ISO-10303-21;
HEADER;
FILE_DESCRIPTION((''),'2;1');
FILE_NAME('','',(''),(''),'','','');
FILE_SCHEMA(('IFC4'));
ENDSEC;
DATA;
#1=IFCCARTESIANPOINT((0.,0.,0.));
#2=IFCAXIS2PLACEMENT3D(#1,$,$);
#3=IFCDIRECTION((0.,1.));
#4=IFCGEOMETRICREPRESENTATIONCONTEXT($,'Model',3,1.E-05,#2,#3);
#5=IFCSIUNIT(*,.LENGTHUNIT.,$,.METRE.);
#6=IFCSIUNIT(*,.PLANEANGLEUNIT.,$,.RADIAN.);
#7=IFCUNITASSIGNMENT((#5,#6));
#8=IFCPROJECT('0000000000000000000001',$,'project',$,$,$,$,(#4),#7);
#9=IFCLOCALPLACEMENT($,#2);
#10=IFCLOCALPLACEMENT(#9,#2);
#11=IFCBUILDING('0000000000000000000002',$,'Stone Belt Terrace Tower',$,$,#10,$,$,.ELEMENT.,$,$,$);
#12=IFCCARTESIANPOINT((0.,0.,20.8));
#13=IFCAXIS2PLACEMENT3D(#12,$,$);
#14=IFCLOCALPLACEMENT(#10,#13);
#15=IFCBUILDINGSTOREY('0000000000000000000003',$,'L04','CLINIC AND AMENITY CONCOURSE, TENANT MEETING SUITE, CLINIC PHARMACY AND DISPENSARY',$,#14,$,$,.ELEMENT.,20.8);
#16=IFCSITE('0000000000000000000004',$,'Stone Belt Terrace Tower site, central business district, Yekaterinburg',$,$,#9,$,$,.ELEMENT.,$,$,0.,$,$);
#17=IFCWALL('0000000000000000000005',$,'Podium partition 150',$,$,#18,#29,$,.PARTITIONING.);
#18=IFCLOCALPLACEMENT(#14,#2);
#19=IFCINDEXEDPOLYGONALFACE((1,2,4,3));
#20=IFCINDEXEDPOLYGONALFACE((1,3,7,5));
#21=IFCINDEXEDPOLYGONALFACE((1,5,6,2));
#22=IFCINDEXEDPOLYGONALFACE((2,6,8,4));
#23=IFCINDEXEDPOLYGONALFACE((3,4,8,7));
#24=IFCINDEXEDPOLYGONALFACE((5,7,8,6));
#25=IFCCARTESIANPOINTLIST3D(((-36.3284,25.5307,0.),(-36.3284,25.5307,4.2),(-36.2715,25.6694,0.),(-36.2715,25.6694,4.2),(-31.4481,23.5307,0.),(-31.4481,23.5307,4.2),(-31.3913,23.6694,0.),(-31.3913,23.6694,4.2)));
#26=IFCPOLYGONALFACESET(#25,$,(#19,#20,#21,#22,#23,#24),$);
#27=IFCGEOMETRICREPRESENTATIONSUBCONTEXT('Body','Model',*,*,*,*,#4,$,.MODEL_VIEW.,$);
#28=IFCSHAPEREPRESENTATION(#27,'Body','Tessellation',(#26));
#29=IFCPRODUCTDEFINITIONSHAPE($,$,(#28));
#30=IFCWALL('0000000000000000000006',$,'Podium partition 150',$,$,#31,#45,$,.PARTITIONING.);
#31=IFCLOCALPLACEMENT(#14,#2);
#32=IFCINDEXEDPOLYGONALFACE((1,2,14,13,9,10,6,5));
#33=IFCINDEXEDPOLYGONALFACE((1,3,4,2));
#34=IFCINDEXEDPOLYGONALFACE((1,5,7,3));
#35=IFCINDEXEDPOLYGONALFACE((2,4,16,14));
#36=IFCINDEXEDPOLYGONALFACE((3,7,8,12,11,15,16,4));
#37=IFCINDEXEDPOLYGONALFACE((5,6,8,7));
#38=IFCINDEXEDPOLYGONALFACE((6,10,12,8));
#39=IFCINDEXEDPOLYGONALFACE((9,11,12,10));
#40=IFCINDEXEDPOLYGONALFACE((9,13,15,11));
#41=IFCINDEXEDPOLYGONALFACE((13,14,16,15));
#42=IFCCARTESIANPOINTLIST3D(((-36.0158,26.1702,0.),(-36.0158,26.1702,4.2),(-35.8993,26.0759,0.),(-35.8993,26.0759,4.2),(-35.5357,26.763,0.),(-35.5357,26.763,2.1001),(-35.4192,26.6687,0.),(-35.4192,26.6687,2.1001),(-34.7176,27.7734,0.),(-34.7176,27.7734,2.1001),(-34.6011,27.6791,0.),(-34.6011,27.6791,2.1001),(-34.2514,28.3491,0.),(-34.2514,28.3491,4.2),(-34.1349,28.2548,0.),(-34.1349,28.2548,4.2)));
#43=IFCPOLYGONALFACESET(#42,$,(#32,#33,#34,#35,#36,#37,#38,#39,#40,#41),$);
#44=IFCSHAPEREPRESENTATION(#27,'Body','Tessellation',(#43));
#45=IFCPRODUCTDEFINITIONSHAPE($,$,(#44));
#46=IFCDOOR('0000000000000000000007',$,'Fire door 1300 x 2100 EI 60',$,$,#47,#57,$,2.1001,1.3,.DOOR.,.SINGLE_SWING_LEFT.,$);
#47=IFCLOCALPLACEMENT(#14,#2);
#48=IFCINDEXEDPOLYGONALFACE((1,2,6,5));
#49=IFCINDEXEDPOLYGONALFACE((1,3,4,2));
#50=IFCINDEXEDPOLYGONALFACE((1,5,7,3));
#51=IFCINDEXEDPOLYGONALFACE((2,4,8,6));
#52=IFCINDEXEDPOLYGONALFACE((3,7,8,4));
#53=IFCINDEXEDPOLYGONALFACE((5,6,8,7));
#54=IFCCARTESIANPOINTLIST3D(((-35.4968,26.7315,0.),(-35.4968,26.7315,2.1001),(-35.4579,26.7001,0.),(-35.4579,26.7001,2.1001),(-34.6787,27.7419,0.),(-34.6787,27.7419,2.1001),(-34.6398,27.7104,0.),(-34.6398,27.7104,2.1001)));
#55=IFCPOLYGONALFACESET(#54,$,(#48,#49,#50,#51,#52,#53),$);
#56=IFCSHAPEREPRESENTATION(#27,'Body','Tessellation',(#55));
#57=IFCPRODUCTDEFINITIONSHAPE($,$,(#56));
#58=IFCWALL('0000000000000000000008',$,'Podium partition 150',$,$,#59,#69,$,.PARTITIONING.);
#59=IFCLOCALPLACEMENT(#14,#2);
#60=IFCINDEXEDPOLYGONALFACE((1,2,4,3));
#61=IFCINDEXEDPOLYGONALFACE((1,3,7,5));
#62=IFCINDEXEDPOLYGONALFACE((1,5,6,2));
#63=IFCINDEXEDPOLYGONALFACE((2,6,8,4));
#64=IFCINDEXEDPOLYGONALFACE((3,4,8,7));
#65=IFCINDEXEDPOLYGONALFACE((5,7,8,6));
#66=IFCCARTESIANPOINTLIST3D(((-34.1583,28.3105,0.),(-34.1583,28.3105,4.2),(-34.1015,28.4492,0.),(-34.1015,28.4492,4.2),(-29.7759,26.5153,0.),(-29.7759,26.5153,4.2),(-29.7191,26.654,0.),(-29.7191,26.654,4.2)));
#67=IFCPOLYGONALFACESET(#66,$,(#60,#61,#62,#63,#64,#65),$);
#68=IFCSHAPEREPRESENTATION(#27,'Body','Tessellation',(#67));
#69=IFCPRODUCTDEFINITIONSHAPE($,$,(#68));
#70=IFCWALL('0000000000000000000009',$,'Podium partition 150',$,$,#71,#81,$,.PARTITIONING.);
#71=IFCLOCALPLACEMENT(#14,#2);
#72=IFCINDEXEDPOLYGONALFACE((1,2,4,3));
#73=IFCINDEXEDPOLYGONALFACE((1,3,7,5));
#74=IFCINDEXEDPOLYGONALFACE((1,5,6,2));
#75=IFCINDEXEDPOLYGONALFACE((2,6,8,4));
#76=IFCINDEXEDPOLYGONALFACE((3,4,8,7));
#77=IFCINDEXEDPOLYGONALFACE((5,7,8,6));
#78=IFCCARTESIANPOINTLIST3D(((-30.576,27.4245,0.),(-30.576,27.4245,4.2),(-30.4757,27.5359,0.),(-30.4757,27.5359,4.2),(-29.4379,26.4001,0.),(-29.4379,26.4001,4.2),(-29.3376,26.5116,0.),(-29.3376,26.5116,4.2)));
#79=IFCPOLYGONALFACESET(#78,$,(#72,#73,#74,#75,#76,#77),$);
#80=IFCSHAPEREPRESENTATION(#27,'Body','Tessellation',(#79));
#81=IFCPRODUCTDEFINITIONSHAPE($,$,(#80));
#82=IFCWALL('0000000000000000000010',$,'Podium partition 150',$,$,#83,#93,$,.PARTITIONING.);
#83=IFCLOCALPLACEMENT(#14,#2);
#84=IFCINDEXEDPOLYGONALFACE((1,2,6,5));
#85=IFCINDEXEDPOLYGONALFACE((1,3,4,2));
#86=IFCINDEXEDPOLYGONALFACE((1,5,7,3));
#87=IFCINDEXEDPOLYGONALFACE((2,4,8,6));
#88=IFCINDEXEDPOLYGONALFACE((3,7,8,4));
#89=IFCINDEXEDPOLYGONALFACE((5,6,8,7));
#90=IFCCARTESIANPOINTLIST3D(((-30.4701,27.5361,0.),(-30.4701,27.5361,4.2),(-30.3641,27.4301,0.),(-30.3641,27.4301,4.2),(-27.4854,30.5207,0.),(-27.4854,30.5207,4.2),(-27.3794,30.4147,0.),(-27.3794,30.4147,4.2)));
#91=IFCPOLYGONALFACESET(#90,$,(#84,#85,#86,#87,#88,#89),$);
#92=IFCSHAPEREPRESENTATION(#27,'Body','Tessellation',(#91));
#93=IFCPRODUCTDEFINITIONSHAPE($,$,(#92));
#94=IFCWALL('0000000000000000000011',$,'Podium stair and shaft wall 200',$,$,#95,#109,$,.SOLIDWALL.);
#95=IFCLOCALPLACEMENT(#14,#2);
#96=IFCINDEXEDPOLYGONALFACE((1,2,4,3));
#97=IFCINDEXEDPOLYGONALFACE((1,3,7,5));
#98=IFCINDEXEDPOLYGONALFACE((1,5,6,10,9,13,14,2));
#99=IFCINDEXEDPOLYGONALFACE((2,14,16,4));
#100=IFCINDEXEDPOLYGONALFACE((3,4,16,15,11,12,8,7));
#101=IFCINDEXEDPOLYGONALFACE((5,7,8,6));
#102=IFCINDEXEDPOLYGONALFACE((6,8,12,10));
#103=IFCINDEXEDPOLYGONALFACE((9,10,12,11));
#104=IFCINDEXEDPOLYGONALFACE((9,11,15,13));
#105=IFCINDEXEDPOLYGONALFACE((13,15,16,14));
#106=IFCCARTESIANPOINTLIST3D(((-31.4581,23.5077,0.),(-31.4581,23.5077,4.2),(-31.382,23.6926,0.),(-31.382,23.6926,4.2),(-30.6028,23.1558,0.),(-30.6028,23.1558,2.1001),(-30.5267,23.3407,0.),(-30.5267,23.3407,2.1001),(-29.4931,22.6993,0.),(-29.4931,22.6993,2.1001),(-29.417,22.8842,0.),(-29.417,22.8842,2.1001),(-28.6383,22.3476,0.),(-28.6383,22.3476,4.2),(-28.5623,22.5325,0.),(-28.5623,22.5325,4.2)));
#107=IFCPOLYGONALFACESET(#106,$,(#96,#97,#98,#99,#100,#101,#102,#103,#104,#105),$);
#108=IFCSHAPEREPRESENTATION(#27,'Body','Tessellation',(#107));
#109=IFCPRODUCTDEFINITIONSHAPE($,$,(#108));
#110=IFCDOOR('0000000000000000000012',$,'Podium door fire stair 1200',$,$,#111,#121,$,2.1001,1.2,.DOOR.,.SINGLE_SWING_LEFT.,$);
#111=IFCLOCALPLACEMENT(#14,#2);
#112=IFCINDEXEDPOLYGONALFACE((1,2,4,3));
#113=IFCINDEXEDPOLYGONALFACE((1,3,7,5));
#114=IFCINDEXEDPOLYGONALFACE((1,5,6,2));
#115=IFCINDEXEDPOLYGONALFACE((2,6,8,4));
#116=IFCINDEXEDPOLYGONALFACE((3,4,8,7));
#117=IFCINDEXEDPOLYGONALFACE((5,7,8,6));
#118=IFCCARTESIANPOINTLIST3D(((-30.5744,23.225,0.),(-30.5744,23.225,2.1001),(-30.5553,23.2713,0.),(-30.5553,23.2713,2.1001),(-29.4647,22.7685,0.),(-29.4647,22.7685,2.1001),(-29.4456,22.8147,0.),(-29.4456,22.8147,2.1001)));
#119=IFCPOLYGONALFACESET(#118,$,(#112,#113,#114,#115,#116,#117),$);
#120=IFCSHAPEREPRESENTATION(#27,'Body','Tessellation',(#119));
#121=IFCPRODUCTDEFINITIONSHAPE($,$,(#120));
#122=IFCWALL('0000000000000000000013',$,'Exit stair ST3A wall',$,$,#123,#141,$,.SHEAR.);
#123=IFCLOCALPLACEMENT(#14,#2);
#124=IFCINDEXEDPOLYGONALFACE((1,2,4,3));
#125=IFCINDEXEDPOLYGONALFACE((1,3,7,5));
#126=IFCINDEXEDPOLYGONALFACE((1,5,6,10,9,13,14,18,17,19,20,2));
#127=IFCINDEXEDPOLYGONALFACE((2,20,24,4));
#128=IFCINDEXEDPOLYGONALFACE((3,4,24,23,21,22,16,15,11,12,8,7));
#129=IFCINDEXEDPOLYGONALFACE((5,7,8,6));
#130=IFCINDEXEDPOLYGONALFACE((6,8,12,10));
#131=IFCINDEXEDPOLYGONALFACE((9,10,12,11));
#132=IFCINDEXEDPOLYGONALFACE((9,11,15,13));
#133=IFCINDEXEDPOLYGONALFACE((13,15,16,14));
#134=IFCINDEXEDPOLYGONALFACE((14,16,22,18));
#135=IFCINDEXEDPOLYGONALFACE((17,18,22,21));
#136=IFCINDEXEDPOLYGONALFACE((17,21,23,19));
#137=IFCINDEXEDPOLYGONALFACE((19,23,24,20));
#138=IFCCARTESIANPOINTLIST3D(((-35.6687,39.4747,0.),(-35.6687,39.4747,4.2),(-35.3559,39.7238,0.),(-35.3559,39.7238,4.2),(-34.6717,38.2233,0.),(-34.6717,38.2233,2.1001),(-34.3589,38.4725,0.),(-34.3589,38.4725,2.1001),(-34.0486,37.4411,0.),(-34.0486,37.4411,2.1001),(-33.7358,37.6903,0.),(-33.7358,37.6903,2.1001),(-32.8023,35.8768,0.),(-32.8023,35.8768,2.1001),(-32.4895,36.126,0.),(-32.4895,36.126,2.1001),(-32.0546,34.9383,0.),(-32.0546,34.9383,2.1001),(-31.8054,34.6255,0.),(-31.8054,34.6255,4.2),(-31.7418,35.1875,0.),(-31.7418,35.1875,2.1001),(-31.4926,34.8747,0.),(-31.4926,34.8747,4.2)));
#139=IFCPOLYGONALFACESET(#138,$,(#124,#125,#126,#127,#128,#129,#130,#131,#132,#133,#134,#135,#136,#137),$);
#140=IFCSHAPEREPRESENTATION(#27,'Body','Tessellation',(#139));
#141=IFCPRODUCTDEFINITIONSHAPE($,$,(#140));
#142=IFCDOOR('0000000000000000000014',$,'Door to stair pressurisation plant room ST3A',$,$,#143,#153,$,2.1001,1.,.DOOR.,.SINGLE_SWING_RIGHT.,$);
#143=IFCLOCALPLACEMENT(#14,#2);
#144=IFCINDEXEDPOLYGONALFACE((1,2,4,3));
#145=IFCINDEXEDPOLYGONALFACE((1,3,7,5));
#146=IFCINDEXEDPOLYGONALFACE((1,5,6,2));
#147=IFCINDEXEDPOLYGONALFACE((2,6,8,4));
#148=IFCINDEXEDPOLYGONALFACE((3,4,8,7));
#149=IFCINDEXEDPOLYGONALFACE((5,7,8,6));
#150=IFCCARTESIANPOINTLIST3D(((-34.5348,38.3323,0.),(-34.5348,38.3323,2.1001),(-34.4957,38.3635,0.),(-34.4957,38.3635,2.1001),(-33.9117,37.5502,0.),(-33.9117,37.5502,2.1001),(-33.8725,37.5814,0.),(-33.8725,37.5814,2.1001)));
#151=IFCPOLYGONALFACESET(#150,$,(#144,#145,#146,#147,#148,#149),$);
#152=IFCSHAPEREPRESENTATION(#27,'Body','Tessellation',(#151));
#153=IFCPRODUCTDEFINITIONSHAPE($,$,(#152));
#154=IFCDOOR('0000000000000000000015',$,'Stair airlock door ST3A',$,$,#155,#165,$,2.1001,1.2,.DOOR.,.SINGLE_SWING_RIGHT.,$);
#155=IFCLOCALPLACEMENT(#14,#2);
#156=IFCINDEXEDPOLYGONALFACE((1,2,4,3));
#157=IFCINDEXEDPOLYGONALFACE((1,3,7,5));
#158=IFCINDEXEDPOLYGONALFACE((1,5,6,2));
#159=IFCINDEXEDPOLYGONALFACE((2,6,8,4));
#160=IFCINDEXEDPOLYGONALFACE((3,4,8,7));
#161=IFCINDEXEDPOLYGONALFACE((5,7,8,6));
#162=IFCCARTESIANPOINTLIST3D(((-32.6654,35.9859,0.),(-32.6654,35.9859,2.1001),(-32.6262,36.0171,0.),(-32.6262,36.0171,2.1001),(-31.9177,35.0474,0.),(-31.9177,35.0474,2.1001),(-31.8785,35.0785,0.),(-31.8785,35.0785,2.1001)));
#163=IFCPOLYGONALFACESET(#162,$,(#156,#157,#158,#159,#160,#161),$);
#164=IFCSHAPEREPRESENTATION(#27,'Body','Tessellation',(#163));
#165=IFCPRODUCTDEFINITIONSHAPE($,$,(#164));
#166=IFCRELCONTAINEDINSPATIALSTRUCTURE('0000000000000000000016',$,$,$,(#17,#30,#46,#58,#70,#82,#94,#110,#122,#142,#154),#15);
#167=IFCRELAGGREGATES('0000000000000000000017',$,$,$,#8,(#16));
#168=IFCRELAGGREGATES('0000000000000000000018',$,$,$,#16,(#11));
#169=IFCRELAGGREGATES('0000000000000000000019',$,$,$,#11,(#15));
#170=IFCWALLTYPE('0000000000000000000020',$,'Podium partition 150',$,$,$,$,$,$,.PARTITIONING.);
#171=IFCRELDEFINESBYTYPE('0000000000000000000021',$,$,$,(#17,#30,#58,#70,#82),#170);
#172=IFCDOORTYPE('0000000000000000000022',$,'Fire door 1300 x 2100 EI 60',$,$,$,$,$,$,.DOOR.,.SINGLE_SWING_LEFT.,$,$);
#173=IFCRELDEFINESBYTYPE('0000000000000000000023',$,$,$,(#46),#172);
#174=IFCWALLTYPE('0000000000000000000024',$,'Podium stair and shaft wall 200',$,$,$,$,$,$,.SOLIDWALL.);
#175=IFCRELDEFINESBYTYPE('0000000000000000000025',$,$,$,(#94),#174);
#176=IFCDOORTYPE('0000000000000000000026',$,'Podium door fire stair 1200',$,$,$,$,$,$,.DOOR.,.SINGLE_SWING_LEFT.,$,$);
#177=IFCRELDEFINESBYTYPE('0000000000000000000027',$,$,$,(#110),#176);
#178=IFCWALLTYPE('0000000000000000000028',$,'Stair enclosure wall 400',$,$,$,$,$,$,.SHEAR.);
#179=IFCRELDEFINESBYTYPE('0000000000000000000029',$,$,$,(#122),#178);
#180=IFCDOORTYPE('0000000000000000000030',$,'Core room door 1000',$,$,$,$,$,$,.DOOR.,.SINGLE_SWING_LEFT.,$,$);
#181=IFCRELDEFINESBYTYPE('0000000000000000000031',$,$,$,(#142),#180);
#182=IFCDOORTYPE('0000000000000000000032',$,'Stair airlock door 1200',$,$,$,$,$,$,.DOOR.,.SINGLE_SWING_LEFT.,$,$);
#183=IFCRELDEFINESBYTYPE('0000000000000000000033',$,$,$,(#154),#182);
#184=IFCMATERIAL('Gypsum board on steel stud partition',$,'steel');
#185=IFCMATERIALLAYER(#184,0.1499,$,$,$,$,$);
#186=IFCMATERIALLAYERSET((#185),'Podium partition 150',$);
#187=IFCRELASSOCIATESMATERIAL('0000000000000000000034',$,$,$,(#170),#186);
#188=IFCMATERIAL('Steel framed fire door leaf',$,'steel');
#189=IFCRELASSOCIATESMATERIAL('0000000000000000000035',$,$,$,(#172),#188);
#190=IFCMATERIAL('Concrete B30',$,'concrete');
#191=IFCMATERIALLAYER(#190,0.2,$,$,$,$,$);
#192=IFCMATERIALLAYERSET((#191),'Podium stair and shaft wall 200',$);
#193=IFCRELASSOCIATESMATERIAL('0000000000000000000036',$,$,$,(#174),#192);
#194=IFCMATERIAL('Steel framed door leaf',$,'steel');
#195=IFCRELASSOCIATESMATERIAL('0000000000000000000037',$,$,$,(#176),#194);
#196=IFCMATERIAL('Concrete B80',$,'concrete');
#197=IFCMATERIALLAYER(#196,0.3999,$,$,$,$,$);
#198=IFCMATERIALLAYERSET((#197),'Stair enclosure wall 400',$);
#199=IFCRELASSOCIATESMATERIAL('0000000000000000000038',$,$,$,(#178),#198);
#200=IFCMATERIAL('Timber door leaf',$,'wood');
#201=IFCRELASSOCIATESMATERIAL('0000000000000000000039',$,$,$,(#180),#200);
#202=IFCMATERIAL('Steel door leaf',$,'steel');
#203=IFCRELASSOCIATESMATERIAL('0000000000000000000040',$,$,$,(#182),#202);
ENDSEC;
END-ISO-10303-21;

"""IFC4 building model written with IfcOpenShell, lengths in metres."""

from ifc_helpers import new_model, si_unit, direction, frame, frame_2d, origin, place, context, subcontext, project, spatial, rectangle, extrude, material, layer, layer_set, type_object, element, fill, save


model = new_model("IFC4")

# Units and contexts
model_context = context("Model", 3, precision=1e-05, world=origin(), true_north=direction((0.0, 1.0)))
body_context = subcontext(model_context, "Body", "Model", "MODEL_VIEW")
ifc_project = project(units=[si_unit("LENGTHUNIT", "METRE"), si_unit("PLANEANGLEUNIT", "RADIAN")], contexts=[model_context])

# Site, building, storey
site_placement = place(None, origin())
site = spatial("IfcSite", under=ifc_project, at=site_placement, Name="Stone Belt Terrace Tower site, central business district, Yekaterinburg", CompositionType="ELEMENT", RefElevation=0.0)
building_placement = place(site_placement, origin())
building = spatial("IfcBuilding", under=site, at=building_placement, Name="Stone Belt Terrace Tower", CompositionType="ELEMENT")
storey_placement = place(building_placement, frame((0.0, 0.0, 20.8)))
storey = spatial("IfcBuildingStorey", under=building, at=storey_placement, Name="L04", Description="CLINIC AND AMENITY CONCOURSE, TENANT MEETING SUITE, CLINIC PHARMACY AND DISPENSARY", CompositionType="ELEMENT", Elevation=20.8)

# Shared definitions
ifc_material_1 = material(Name="Concrete B80", Category="concrete")

# Shared definitions
ifc_material_2 = material(Name="Gypsum board on steel stud partition", Category="steel")
ifc_layer_1 = layer(ifc_material_2, 0.1499)
ifc_layer_set_1 = layer_set([ifc_layer_1], Name="Podium partition 150")
wall_type_1 = type_object("IfcWallType", Name="Podium partition 150", PredefinedType="PARTITIONING", material=ifc_layer_set_1)
ifc_material_3 = material(Name="Steel framed door leaf", Category="steel")

# Wall
wall_1_placement = place(storey_placement, frame((-36.3, 25.6001, 0.0), z_axis=(0.0, 0.0, 1.0), x_axis=(0.925309, -0.379215, 0.0)))
element("IfcWall", 1, at=wall_1_placement, inside=storey, type_object=wall_type_1, Name="Podium partition 150", PredefinedType="PARTITIONING", context=body_context, shape_type="SweptSolid", body=[
    extrude(rectangle(XDim=5.2742, YDim=0.1499, at=frame_2d((2.6372, 0.0))), origin(), (0.0, 0.0, 1.0), 4.2),
])

# Wall, opening, door
wall_2_placement = place(storey_placement, frame((-35.9575, 26.123, 0.0), z_axis=(0.0, 0.0, 1.0), x_axis=(0.629303, 0.77716, 0.0)))
wall_2 = element("IfcWall", 2, at=wall_2_placement, inside=storey, type_object=wall_type_1, Name="Podium partition 150", PredefinedType="PARTITIONING", context=body_context, shape_type="SweptSolid", body=[
    extrude(rectangle(XDim=2.8037, YDim=0.1499, at=frame_2d((1.4019, 0.0))), origin(), (0.0, 0.0, 1.0), 4.2),
])
opening_1_placement = place(wall_2_placement, frame((0.7629, 0.0, 0.0)))
opening_1 = element("IfcOpeningElement", 3, at=opening_1_placement, cuts=wall_2, PredefinedType="OPENING", context=body_context, shape_type="SweptSolid", body=[
    extrude(rectangle(XDim=1.3, YDim=2.1001, at=frame_2d((0.6499, 1.05))), frame((0.0, 0.085, 0.0), z_axis=(0.0, -1.0, 0.0), x_axis=(1.0, 0.0, 0.0)), (0.0, 0.0, 1.0), 0.1699),
])
ifc_material_4 = material(Name="Steel framed fire door leaf", Category="steel")
door_type_1 = type_object("IfcDoorType", Name="Fire door 1300 x 2100 EI 60", OperationType="SINGLE_SWING_LEFT", PredefinedType="DOOR", material=ifc_material_4)
door_1_placement = place(opening_1_placement, origin())
door_1 = element("IfcDoor", 4, at=door_1_placement, inside=storey, type_object=door_type_1, Name="Fire door 1300 x 2100 EI 60", OperationType="SINGLE_SWING_LEFT", OverallHeight=2.1001, OverallWidth=1.3, PredefinedType="DOOR", context=body_context, shape_type="SweptSolid", body=[
    extrude(rectangle(XDim=1.3, YDim=2.1001, at=frame_2d((0.6499, 1.05))), frame((0.0, 0.0249, 0.0), z_axis=(0.0, -1.0, 0.0), x_axis=(1.0, 0.0, 0.0)), (0.0, 0.0, 1.0), 0.05),
])
fill(opening_1, door_1)

# Walls
wall_3_placement = place(storey_placement, frame((-34.1299, 28.3799, 0.0), z_axis=(0.0, 0.0, 1.0), x_axis=(0.925369, -0.379066, 0.0)))
element("IfcWall", 5, at=wall_3_placement, inside=storey, type_object=wall_type_1, Name="Podium partition 150", PredefinedType="PARTITIONING", context=body_context, shape_type="SweptSolid", body=[
    extrude(rectangle(XDim=4.7358, YDim=0.1499, at=frame_2d((2.3679, 0.0))), origin(), (0.0, 0.0, 1.0), 4.2),
])
wall_4_placement = place(storey_placement, frame((-30.5259, 27.4802, 0.0), z_axis=(0.0, 0.0, 1.0), x_axis=(0.743278, -0.668982, 0.0)))
element("IfcWall", 6, at=wall_4_placement, inside=storey, type_object=wall_type_1, Name="Podium partition 150", PredefinedType="PARTITIONING", context=body_context, shape_type="SweptSolid", body=[
    extrude(rectangle(XDim=1.5312, YDim=0.1499, at=frame_2d((0.7656, 0.0))), origin(), (0.0, 0.0, 1.0), 4.2),
])
wall_5_placement = place(storey_placement, frame((-30.417, 27.4832, 0.0), z_axis=(0.0, 0.0, 1.0), x_axis=(0.707107, 0.707107, 0.0)))
element("IfcWall", 7, at=wall_5_placement, inside=storey, type_object=wall_type_1, Name="Podium partition 150", PredefinedType="PARTITIONING", context=body_context, shape_type="SweptSolid", body=[
    extrude(rectangle(XDim=4.2209, YDim=0.1499, at=frame_2d((2.1104, 0.0))), origin(), (0.0, 0.0, 1.0), 4.2),
])

# Wall, opening, door
ifc_material_5 = material(Name="Concrete B30", Category="concrete")
ifc_layer_2 = layer(ifc_material_5, 0.2)
ifc_layer_set_2 = layer_set([ifc_layer_2], Name="Podium stair and shaft wall 200")
wall_type_2 = type_object("IfcWallType", Name="Podium stair and shaft wall 200", PredefinedType="SOLIDWALL", material=ifc_layer_set_2)
wall_6_placement = place(storey_placement, frame((-31.4199, 23.6001, 0.0), z_axis=(0.0, 0.0, 1.0), x_axis=(0.924788, -0.380484, 0.0)))
wall_6 = element("IfcWall", 8, at=wall_6_placement, inside=storey, type_object=wall_type_2, Name="Podium stair and shaft wall 200", PredefinedType="SOLIDWALL", context=body_context, shape_type="SweptSolid", body=[
    extrude(rectangle(XDim=3.0491, YDim=0.2, at=frame_2d((1.5244, 0.0))), origin(), (0.0, 0.0, 1.0), 4.2),
])
opening_2_placement = place(wall_6_placement, frame((0.9246, 0.0, 0.0)))
opening_2 = element("IfcOpeningElement", 9, at=opening_2_placement, cuts=wall_6, PredefinedType="OPENING", context=body_context, shape_type="SweptSolid", body=[
    extrude(rectangle(XDim=1.2, YDim=2.1001, at=frame_2d((0.6001, 1.05))), frame((0.0, 0.1099, 0.0), z_axis=(0.0, -1.0, 0.0), x_axis=(1.0, 0.0, 0.0)), (0.0, 0.0, 1.0), 0.22),
])
door_type_2 = type_object("IfcDoorType", Name="Podium door fire stair 1200", OperationType="SINGLE_SWING_LEFT", PredefinedType="DOOR", material=ifc_material_3)
door_2_placement = place(opening_2_placement, origin())
door_2 = element("IfcDoor", 10, at=door_2_placement, inside=storey, type_object=door_type_2, Name="Podium door fire stair 1200", OperationType="SINGLE_SWING_LEFT", OverallHeight=2.1001, OverallWidth=1.2, PredefinedType="DOOR", context=body_context, shape_type="SweptSolid", body=[
    extrude(rectangle(XDim=1.2, YDim=2.1001, at=frame_2d((0.6001, 1.05))), frame((0.0, 0.0249, 0.0), z_axis=(0.0, -1.0, 0.0), x_axis=(1.0, 0.0, 0.0)), (0.0, 0.0, 1.0), 0.05),
])
fill(opening_2, door_2)

# Wall, openings, doors
ifc_layer_3 = layer(ifc_material_1, 0.3999)
ifc_layer_set_3 = layer_set([ifc_layer_3], Name="Stair enclosure wall 400")
wall_type_3 = type_object("IfcWallType", Name="Stair enclosure wall 400", PredefinedType="SHEAR", material=ifc_layer_set_3)
wall_7_placement = place(storey_placement, frame((-31.6489, 34.75, 0.0), z_axis=(0.0, 0.0, 1.0), x_axis=(-0.623119, 0.782127, 0.0)))
wall_7 = element("IfcWall", 11, at=wall_7_placement, inside=storey, type_object=wall_type_3, Name="Exit stair ST3A wall", PredefinedType="SHEAR", context=body_context, shape_type="SweptSolid", body=[
    extrude(rectangle(XDim=6.2, YDim=0.3999, at=frame_2d((3.1001, 0.0))), origin(), (0.0, 0.0, 1.0), 4.2),
])
opening_3_placement = place(wall_7_placement, frame((0.3999, 0.0, 0.0)))
opening_3 = element("IfcOpeningElement", 12, at=opening_3_placement, cuts=wall_7, PredefinedType="OPENING", context=body_context, shape_type="SweptSolid", body=[
    extrude(rectangle(XDim=1.2, YDim=2.1001, at=frame_2d((0.6001, 1.05))), frame((0.0, 0.21, 0.0), z_axis=(0.0, -1.0, 0.0), x_axis=(1.0, 0.0, 0.0)), (0.0, 0.0, 1.0), 0.4199),
])
opening_4_placement = place(wall_7_placement, frame((3.6001, 0.0, 0.0)))
opening_4 = element("IfcOpeningElement", 13, at=opening_4_placement, cuts=wall_7, PredefinedType="OPENING", context=body_context, shape_type="SweptSolid", body=[
    extrude(rectangle(XDim=1.0, YDim=2.1001, at=frame_2d((0.5, 1.05))), frame((0.0, 0.21, 0.0), z_axis=(0.0, -1.0, 0.0), x_axis=(1.0, 0.0, 0.0)), (0.0, 0.0, 1.0), 0.4199),
])
ifc_material_6 = material(Name="Timber door leaf", Category="wood")
door_type_3 = type_object("IfcDoorType", Name="Core room door 1000", OperationType="SINGLE_SWING_LEFT", PredefinedType="DOOR", material=ifc_material_6)
door_3_placement = place(opening_4_placement, origin())
door_3 = element("IfcDoor", 14, at=door_3_placement, inside=storey, type_object=door_type_3, Name="Door to stair pressurisation plant room ST3A", OperationType="SINGLE_SWING_RIGHT", OverallHeight=2.1001, OverallWidth=1.0, PredefinedType="DOOR", context=body_context, shape_type="SweptSolid", body=[
    extrude(rectangle(XDim=1.0, YDim=2.1001, at=frame_2d((0.5, 1.05))), frame((0.0, 0.0249, 0.0), z_axis=(0.0, -1.0, 0.0), x_axis=(1.0, 0.0, 0.0)), (0.0, 0.0, 1.0), 0.05),
])
fill(opening_4, door_3)
ifc_material_7 = material(Name="Steel door leaf", Category="steel")
door_type_4 = type_object("IfcDoorType", Name="Stair airlock door 1200", OperationType="SINGLE_SWING_LEFT", PredefinedType="DOOR", material=ifc_material_7)
door_4_placement = place(opening_3_placement, origin())
door_4 = element("IfcDoor", 15, at=door_4_placement, inside=storey, type_object=door_type_4, Name="Stair airlock door ST3A", OperationType="SINGLE_SWING_RIGHT", OverallHeight=2.1001, OverallWidth=1.2, PredefinedType="DOOR", context=body_context, shape_type="SweptSolid", body=[
    extrude(rectangle(XDim=1.2, YDim=2.1001, at=frame_2d((0.6001, 1.05))), frame((0.0, 0.0249, 0.0), z_axis=(0.0, -1.0, 0.0), x_axis=(1.0, 0.0, 0.0)), (0.0, 0.0, 1.0), 0.05),
])
fill(opening_3, door_4)

save(model, "model.ifc")
